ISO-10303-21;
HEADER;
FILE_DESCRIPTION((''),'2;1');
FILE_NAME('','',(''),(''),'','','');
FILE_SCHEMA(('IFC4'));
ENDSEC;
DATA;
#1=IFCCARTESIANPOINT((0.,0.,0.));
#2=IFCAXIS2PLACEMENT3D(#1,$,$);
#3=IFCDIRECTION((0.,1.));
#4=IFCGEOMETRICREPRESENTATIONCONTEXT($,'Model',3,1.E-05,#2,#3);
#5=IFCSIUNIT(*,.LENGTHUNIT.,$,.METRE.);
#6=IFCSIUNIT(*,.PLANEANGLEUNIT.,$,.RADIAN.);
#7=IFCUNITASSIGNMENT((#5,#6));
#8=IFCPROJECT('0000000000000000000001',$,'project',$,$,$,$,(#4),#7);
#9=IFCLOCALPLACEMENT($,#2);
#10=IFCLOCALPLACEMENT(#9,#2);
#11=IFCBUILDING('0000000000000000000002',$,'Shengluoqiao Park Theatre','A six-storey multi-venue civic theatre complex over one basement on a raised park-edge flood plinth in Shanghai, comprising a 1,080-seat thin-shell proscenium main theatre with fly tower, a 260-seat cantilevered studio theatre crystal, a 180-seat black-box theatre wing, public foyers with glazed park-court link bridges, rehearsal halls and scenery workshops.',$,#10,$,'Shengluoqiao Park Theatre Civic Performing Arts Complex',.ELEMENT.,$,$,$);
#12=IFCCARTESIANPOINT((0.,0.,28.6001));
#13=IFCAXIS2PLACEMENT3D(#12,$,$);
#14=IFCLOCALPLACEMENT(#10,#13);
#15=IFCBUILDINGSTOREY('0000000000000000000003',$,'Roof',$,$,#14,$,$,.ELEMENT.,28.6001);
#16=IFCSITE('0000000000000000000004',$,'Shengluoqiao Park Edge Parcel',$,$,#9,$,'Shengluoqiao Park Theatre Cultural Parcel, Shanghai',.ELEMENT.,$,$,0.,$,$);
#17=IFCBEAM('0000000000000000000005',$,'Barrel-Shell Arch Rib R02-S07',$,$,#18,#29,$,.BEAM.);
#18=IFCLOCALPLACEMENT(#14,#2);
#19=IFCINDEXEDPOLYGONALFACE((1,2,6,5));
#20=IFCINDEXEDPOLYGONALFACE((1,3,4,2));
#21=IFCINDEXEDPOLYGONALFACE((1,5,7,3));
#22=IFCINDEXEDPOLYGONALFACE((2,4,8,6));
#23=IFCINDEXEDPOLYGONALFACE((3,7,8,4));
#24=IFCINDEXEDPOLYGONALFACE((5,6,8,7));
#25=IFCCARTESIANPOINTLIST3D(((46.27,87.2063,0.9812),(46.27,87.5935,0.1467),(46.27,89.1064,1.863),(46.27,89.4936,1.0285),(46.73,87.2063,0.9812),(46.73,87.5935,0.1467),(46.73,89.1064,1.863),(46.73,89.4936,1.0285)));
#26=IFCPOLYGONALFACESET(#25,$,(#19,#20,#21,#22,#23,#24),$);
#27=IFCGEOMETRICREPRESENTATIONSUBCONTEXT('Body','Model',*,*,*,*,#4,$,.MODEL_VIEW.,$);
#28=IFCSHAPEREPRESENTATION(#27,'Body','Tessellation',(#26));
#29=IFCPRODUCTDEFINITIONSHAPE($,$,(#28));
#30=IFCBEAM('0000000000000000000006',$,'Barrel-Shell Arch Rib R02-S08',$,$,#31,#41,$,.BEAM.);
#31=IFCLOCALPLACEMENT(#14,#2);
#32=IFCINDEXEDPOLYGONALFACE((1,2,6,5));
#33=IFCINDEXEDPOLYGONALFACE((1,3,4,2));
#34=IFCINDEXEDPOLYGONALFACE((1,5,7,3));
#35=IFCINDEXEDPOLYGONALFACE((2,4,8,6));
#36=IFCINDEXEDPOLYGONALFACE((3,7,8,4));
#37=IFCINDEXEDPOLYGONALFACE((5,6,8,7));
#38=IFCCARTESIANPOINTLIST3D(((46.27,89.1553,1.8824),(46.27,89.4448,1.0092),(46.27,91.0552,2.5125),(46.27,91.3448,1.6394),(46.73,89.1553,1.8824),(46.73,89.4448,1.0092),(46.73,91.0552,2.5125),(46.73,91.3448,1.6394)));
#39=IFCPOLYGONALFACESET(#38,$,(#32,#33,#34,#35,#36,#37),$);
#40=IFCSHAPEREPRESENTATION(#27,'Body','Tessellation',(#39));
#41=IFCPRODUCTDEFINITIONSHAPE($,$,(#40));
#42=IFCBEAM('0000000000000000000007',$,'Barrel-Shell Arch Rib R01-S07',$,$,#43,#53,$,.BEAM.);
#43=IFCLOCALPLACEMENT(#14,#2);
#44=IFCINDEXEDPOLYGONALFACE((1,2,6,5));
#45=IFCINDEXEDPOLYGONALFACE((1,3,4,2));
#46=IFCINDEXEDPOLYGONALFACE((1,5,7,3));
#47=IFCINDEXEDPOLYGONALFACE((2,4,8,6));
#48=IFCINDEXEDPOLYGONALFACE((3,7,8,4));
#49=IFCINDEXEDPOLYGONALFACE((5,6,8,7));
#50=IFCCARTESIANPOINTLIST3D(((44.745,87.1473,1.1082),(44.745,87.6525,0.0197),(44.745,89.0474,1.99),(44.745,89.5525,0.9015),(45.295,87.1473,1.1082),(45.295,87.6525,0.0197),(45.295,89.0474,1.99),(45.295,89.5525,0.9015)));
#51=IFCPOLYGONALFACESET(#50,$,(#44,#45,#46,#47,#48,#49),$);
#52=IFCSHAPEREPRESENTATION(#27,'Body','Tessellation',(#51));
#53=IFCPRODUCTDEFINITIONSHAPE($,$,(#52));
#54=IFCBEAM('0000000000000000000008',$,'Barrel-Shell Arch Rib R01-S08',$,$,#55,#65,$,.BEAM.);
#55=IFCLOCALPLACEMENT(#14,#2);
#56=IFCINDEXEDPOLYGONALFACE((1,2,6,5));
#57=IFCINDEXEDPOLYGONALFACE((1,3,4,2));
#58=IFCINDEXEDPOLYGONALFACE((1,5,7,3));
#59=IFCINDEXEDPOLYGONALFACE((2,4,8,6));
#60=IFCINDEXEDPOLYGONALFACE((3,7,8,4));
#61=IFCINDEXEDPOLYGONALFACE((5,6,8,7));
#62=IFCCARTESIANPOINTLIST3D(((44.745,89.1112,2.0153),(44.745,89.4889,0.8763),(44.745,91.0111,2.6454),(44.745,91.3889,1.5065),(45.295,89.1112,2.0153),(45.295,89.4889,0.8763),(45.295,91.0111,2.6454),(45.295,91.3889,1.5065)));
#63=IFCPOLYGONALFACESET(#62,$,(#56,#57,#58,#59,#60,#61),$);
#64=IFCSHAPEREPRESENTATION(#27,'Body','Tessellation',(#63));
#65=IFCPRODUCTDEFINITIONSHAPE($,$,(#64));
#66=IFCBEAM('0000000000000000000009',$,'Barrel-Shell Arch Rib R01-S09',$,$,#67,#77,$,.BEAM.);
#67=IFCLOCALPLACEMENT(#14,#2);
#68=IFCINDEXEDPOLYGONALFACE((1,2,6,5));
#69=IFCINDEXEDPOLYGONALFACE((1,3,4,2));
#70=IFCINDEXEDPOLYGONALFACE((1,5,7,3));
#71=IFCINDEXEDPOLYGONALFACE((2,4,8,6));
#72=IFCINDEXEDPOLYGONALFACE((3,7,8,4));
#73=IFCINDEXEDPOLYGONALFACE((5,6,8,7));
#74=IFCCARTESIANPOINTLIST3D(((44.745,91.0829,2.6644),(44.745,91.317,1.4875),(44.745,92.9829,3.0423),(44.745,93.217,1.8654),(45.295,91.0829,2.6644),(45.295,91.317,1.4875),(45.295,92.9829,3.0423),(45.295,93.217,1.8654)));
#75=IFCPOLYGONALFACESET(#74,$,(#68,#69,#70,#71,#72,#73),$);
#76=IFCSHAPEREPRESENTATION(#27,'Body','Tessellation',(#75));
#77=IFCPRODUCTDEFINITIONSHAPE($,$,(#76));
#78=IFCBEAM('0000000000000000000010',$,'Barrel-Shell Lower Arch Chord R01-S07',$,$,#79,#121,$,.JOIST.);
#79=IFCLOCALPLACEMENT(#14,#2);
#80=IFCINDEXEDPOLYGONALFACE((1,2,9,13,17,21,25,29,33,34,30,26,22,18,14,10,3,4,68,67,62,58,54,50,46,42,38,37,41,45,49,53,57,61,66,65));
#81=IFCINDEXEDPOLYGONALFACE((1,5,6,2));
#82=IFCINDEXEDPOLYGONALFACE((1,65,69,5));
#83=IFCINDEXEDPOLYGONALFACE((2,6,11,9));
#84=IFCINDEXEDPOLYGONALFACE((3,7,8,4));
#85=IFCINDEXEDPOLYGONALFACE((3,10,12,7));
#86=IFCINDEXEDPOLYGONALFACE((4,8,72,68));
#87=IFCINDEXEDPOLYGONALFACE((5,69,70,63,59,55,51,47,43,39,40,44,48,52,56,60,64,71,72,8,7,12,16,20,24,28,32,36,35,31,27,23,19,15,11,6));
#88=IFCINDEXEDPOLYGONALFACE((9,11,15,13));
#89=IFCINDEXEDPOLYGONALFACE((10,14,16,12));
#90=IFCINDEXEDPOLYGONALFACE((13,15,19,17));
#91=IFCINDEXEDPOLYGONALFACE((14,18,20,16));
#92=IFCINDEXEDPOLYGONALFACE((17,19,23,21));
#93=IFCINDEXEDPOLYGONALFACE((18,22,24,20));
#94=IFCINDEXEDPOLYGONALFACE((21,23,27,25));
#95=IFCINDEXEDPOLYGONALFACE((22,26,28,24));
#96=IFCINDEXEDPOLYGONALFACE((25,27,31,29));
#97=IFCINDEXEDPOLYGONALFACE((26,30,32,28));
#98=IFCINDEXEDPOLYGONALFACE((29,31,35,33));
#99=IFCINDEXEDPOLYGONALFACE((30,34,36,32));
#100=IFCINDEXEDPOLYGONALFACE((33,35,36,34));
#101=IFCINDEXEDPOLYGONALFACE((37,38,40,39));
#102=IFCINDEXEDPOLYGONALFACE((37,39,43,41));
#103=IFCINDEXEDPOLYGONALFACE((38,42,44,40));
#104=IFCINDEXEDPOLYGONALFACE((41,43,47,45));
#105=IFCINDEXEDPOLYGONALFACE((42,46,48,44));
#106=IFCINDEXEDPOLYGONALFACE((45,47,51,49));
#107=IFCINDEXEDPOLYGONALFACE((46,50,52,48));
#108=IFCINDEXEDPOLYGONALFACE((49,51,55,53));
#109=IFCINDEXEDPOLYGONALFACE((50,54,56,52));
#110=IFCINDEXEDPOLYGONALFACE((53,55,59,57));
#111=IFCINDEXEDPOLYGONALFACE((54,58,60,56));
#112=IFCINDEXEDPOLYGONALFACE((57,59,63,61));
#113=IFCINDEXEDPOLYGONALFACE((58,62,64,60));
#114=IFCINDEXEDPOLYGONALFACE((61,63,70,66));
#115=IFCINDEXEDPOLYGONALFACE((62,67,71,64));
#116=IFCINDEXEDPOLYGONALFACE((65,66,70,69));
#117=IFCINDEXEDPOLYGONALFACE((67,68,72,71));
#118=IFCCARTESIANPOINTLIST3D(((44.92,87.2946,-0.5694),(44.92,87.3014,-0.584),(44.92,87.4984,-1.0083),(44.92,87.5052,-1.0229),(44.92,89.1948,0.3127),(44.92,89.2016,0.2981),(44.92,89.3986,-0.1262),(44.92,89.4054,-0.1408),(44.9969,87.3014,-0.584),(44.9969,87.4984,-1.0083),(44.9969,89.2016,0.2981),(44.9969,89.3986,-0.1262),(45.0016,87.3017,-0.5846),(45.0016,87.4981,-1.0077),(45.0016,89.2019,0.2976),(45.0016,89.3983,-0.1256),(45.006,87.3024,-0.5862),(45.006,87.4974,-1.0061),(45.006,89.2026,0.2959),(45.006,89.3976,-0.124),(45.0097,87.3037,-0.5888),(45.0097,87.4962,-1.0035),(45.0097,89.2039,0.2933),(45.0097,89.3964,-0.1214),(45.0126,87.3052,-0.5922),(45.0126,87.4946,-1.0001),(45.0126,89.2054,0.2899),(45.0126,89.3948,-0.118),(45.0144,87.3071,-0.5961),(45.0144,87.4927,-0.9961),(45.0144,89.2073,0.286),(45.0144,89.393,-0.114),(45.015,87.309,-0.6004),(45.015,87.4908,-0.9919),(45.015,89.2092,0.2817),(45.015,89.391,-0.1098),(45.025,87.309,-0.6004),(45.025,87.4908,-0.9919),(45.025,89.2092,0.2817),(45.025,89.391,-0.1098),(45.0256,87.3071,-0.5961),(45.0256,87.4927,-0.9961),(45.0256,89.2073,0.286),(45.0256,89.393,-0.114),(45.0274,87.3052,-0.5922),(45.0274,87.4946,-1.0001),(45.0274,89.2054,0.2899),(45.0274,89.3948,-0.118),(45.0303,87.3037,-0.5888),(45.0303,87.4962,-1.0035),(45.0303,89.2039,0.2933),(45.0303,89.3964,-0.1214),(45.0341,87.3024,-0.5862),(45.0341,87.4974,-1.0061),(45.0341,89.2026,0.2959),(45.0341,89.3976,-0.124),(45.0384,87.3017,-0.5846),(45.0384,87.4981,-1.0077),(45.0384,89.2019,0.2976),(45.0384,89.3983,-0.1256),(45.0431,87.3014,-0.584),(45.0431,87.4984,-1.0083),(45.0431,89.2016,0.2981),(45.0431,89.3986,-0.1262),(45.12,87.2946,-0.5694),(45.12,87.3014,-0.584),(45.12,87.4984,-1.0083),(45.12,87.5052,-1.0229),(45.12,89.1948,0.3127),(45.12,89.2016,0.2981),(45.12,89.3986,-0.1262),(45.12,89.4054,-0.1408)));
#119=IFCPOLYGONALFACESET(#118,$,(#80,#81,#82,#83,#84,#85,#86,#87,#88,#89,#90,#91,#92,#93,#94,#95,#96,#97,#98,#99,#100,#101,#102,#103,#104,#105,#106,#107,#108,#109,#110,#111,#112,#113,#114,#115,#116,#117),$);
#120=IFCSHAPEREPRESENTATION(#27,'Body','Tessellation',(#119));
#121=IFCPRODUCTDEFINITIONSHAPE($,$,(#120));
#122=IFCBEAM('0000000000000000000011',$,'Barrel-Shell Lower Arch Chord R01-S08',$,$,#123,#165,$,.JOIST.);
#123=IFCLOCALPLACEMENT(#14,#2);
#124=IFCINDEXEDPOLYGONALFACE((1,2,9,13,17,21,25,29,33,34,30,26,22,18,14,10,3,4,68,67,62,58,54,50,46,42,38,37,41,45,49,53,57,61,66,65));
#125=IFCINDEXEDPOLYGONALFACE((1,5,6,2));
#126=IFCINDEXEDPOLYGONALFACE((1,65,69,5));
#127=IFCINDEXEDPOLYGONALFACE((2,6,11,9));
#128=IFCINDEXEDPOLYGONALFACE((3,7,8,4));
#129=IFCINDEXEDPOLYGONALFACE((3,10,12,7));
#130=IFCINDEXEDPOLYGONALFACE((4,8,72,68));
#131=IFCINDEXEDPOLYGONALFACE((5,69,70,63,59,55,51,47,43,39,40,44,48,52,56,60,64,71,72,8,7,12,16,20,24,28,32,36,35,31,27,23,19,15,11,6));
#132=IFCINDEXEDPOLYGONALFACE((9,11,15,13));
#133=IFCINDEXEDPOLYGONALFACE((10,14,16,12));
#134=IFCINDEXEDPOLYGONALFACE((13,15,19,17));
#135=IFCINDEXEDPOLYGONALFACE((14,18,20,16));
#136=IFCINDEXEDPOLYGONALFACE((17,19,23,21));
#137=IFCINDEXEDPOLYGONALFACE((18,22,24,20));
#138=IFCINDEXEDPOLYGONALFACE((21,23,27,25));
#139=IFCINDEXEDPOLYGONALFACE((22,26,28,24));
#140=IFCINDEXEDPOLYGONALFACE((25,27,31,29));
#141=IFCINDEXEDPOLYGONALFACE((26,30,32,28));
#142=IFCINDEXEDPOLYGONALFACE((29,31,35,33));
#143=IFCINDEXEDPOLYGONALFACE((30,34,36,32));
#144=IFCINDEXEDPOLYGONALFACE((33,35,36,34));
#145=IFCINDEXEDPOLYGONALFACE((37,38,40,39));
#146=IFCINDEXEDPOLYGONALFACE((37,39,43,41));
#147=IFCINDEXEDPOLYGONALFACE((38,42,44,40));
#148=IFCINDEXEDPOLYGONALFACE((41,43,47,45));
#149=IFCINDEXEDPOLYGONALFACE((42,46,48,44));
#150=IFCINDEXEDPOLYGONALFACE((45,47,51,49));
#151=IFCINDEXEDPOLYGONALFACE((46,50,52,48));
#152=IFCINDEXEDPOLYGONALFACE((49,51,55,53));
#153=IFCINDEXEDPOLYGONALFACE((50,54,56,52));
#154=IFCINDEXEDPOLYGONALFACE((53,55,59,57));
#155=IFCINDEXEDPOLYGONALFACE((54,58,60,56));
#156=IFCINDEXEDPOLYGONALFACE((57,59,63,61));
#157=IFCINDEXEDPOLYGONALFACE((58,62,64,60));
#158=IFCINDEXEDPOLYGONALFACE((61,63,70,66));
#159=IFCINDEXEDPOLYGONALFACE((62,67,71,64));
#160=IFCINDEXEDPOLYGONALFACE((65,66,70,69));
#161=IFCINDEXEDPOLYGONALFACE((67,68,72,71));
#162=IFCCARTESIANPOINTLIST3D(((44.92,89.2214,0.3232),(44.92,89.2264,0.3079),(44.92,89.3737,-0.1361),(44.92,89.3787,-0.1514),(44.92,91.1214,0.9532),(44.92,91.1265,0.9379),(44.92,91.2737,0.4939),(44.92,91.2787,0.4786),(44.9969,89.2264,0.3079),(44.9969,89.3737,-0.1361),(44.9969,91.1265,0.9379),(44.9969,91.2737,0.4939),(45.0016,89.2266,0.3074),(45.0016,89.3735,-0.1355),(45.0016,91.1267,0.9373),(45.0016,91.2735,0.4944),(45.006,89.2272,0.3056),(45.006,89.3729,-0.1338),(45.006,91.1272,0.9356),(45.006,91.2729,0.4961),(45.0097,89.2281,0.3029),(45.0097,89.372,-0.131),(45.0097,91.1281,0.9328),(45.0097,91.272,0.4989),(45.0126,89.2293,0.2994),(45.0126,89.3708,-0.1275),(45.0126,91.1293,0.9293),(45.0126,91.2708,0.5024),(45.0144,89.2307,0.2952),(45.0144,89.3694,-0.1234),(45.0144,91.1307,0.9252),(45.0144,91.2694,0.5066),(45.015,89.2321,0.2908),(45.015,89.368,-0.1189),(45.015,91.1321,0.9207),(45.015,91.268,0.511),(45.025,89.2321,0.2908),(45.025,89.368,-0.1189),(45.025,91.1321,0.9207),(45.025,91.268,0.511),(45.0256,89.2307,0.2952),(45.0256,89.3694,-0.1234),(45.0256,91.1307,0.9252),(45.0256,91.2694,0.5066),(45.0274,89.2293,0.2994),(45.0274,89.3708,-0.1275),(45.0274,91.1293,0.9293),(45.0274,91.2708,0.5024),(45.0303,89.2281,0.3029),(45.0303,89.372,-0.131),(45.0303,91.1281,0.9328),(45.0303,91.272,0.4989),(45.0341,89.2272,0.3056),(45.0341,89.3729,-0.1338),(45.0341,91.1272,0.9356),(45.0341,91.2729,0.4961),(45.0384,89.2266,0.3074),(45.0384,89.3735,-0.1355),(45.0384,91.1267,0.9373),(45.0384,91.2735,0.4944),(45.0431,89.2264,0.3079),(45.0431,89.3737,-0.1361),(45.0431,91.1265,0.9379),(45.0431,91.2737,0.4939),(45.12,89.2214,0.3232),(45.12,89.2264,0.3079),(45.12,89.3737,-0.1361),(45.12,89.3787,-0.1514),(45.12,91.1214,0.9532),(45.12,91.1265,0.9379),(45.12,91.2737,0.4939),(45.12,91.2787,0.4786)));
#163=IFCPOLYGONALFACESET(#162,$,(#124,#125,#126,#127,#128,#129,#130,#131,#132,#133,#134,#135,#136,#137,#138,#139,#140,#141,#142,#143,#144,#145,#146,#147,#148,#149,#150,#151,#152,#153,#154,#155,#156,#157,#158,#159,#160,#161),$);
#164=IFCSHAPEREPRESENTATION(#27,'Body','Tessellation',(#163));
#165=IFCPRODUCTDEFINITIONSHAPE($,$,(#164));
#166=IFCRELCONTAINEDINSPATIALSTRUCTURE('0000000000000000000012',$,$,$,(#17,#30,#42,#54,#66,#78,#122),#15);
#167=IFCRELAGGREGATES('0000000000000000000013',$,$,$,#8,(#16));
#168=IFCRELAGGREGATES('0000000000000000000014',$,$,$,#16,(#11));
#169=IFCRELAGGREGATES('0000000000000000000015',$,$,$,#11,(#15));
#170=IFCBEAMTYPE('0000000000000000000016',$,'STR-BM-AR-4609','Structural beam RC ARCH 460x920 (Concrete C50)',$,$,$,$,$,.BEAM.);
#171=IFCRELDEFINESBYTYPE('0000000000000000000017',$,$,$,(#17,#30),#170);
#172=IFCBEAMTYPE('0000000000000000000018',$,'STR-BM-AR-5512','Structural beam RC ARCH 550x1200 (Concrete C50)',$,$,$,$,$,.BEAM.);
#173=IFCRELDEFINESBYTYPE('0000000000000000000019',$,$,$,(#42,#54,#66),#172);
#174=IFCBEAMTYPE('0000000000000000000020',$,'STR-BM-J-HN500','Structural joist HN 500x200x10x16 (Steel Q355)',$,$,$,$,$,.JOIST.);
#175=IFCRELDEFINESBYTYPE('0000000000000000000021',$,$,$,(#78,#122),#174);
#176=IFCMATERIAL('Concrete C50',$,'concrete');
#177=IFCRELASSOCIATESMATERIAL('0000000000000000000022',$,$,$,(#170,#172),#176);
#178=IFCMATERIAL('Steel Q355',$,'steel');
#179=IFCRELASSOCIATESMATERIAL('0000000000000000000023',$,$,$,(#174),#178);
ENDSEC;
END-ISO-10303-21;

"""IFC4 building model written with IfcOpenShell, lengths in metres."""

from ifc_helpers import new_model, si_unit, direction, frame, origin, origin_2d, place, context, subcontext, project, spatial, rectangle, i_section, extrude, material, material_profile, profile_set, type_object, element, save


model = new_model("IFC4")

# Units and contexts
model_context = context("Model", 3, precision=1e-05, world=origin(), true_north=direction((0.0, 1.0)))
body_context = subcontext(model_context, "Body", "Model", "MODEL_VIEW")
ifc_project = project(units=[si_unit("LENGTHUNIT", "METRE"), si_unit("PLANEANGLEUNIT", "RADIAN")], contexts=[model_context])

# Site, building, storey
site_placement = place(None, origin())
site = spatial("IfcSite", under=ifc_project, at=site_placement, Name="Shengluoqiao Park Edge Parcel", LongName="Shengluoqiao Park Theatre Cultural Parcel, Shanghai", CompositionType="ELEMENT", RefElevation=0.0)
building_placement = place(site_placement, origin())
building = spatial("IfcBuilding", under=site, at=building_placement, Name="Shengluoqiao Park Theatre", Description="A six-storey multi-venue civic theatre complex over one basement on a raised park-edge flood plinth in Shanghai, comprising a 1,080-seat thin-shell proscenium main theatre with fly tower, a 260-seat cantilevered studio theatre crystal, a 180-seat black-box theatre wing, public foyers with glazed park-court link bridges, rehearsal halls and scenery workshops.", LongName="Shengluoqiao Park Theatre Civic Performing Arts Complex", CompositionType="ELEMENT")
storey_placement = place(building_placement, frame((0.0, 0.0, 28.6001)))
storey = spatial("IfcBuildingStorey", under=building, at=storey_placement, Name="Roof", CompositionType="ELEMENT", Elevation=28.6001)

# Beams
ifc_material_1 = material(Name="Concrete C50", Category="concrete")
ifc_material_profile_1 = material_profile(ifc_material_1, rectangle(XDim=0.46, YDim=0.9199, at=origin_2d()), Name="RC ARCH 460x920")
ifc_profile_set_1 = profile_set([ifc_material_profile_1], Name="Concrete C50")
beam_type_1 = type_object("IfcBeamType", Name="STR-BM-AR-4609", Description="Structural beam RC ARCH 460x920 (Concrete C50)", PredefinedType="BEAM", material=ifc_profile_set_1)
beam_1_placement = place(storey_placement, frame((46.5, 87.3999, 0.564), z_axis=(0.0, 0.907077, 0.420964), x_axis=(-1.0, 0.0, 0.0)))
element("IfcBeam", 1, at=beam_1_placement, inside=storey, type_object=beam_type_1, Name="Barrel-Shell Arch Rib R02-S07", PredefinedType="BEAM", context=body_context, shape_type="SweptSolid", body=[
    extrude(rectangle(XDim=0.46, YDim=0.9199, at=origin_2d()), origin(), (0.0, 0.0, 1.0), 2.0947),
])
beam_2_placement = place(storey_placement, frame((46.5, 89.3, 1.4458), z_axis=(0.0, 0.949158, 0.3148), x_axis=(-1.0, 0.0, 0.0)))
element("IfcBeam", 2, at=beam_2_placement, inside=storey, type_object=beam_type_1, Name="Barrel-Shell Arch Rib R02-S08", PredefinedType="BEAM", context=body_context, shape_type="SweptSolid", body=[
    extrude(rectangle(XDim=0.46, YDim=0.9199, at=origin_2d()), origin(), (0.0, 0.0, 1.0), 2.0017),
])
ifc_material_profile_2 = material_profile(ifc_material_1, rectangle(XDim=0.55, YDim=1.2, at=origin_2d()), Name="RC ARCH 550x1200")
ifc_profile_set_2 = profile_set([ifc_material_profile_2], Name="Concrete C50")
beam_type_2 = type_object("IfcBeamType", Name="STR-BM-AR-5512", Description="Structural beam RC ARCH 550x1200 (Concrete C50)", PredefinedType="BEAM", material=ifc_profile_set_2)
beam_3_placement = place(storey_placement, frame((45.02, 87.3999, 0.564), z_axis=(0.0, 0.907077, 0.420964), x_axis=(-1.0, 0.0, 0.0)))
element("IfcBeam", 3, at=beam_3_placement, inside=storey, type_object=beam_type_2, Name="Barrel-Shell Arch Rib R01-S07", PredefinedType="BEAM", context=body_context, shape_type="SweptSolid", body=[
    extrude(rectangle(XDim=0.55, YDim=1.2, at=origin_2d()), origin(), (0.0, 0.0, 1.0), 2.0947),
])
beam_4_placement = place(storey_placement, frame((45.02, 89.3, 1.4458), z_axis=(0.0, 0.949158, 0.3148), x_axis=(-1.0, 0.0, 0.0)))
element("IfcBeam", 4, at=beam_4_placement, inside=storey, type_object=beam_type_2, Name="Barrel-Shell Arch Rib R01-S08", PredefinedType="BEAM", context=body_context, shape_type="SweptSolid", body=[
    extrude(rectangle(XDim=0.55, YDim=1.2, at=origin_2d()), origin(), (0.0, 0.0, 1.0), 2.0017),
])
beam_5_placement = place(storey_placement, frame((45.02, 91.2, 2.0759), z_axis=(0.0, 0.980789, 0.195074), x_axis=(-1.0, 0.0, 0.0)))
element("IfcBeam", 5, at=beam_5_placement, inside=storey, type_object=beam_type_2, Name="Barrel-Shell Arch Rib R01-S09", PredefinedType="BEAM", context=body_context, shape_type="SweptSolid", body=[
    extrude(rectangle(XDim=0.55, YDim=1.2, at=origin_2d()), origin(), (0.0, 0.0, 1.0), 1.9373),
])
ifc_material_2 = material(Name="Steel Q355", Category="steel")
ifc_material_profile_3 = material_profile(ifc_material_2, i_section(OverallWidth=0.2, OverallDepth=0.5, WebThickness=0.01, FlangeThickness=0.0161, FilletRadius=0.0181, at=origin_2d()), Name="HN 500x200x10x16")
ifc_profile_set_3 = profile_set([ifc_material_profile_3], Name="Steel Q355")
beam_type_3 = type_object("IfcBeamType", Name="STR-BM-J-HN500", Description="Structural joist HN 500x200x10x16 (Steel Q355)", PredefinedType="JOIST", material=ifc_profile_set_3)
beam_6_placement = place(storey_placement, frame((45.02, 87.3999, -0.7961), z_axis=(0.0, 0.907033, 0.42106), x_axis=(-1.0, 0.0, 0.0)))
element("IfcBeam", 6, at=beam_6_placement, inside=storey, type_object=beam_type_3, Name="Barrel-Shell Lower Arch Chord R01-S07", PredefinedType="JOIST", context=body_context, shape_type="SweptSolid", body=[
    extrude(i_section(OverallWidth=0.2, OverallDepth=0.5, WebThickness=0.01, FlangeThickness=0.0161, FilletRadius=0.0181, at=origin_2d()), origin(), (0.0, 0.0, 1.0), 2.095),
])
beam_7_placement = place(storey_placement, frame((45.02, 89.3, 0.0859), z_axis=(0.0, 0.949194, 0.31469), x_axis=(-1.0, 0.0, 0.0)))
element("IfcBeam", 7, at=beam_7_placement, inside=storey, type_object=beam_type_3, Name="Barrel-Shell Lower Arch Chord R01-S08", PredefinedType="JOIST", context=body_context, shape_type="SweptSolid", body=[
    extrude(i_section(OverallWidth=0.2, OverallDepth=0.5, WebThickness=0.01, FlangeThickness=0.0161, FilletRadius=0.0181, at=origin_2d()), origin(), (0.0, 0.0, 1.0), 2.0017),
])

save(model, "model.ifc")
